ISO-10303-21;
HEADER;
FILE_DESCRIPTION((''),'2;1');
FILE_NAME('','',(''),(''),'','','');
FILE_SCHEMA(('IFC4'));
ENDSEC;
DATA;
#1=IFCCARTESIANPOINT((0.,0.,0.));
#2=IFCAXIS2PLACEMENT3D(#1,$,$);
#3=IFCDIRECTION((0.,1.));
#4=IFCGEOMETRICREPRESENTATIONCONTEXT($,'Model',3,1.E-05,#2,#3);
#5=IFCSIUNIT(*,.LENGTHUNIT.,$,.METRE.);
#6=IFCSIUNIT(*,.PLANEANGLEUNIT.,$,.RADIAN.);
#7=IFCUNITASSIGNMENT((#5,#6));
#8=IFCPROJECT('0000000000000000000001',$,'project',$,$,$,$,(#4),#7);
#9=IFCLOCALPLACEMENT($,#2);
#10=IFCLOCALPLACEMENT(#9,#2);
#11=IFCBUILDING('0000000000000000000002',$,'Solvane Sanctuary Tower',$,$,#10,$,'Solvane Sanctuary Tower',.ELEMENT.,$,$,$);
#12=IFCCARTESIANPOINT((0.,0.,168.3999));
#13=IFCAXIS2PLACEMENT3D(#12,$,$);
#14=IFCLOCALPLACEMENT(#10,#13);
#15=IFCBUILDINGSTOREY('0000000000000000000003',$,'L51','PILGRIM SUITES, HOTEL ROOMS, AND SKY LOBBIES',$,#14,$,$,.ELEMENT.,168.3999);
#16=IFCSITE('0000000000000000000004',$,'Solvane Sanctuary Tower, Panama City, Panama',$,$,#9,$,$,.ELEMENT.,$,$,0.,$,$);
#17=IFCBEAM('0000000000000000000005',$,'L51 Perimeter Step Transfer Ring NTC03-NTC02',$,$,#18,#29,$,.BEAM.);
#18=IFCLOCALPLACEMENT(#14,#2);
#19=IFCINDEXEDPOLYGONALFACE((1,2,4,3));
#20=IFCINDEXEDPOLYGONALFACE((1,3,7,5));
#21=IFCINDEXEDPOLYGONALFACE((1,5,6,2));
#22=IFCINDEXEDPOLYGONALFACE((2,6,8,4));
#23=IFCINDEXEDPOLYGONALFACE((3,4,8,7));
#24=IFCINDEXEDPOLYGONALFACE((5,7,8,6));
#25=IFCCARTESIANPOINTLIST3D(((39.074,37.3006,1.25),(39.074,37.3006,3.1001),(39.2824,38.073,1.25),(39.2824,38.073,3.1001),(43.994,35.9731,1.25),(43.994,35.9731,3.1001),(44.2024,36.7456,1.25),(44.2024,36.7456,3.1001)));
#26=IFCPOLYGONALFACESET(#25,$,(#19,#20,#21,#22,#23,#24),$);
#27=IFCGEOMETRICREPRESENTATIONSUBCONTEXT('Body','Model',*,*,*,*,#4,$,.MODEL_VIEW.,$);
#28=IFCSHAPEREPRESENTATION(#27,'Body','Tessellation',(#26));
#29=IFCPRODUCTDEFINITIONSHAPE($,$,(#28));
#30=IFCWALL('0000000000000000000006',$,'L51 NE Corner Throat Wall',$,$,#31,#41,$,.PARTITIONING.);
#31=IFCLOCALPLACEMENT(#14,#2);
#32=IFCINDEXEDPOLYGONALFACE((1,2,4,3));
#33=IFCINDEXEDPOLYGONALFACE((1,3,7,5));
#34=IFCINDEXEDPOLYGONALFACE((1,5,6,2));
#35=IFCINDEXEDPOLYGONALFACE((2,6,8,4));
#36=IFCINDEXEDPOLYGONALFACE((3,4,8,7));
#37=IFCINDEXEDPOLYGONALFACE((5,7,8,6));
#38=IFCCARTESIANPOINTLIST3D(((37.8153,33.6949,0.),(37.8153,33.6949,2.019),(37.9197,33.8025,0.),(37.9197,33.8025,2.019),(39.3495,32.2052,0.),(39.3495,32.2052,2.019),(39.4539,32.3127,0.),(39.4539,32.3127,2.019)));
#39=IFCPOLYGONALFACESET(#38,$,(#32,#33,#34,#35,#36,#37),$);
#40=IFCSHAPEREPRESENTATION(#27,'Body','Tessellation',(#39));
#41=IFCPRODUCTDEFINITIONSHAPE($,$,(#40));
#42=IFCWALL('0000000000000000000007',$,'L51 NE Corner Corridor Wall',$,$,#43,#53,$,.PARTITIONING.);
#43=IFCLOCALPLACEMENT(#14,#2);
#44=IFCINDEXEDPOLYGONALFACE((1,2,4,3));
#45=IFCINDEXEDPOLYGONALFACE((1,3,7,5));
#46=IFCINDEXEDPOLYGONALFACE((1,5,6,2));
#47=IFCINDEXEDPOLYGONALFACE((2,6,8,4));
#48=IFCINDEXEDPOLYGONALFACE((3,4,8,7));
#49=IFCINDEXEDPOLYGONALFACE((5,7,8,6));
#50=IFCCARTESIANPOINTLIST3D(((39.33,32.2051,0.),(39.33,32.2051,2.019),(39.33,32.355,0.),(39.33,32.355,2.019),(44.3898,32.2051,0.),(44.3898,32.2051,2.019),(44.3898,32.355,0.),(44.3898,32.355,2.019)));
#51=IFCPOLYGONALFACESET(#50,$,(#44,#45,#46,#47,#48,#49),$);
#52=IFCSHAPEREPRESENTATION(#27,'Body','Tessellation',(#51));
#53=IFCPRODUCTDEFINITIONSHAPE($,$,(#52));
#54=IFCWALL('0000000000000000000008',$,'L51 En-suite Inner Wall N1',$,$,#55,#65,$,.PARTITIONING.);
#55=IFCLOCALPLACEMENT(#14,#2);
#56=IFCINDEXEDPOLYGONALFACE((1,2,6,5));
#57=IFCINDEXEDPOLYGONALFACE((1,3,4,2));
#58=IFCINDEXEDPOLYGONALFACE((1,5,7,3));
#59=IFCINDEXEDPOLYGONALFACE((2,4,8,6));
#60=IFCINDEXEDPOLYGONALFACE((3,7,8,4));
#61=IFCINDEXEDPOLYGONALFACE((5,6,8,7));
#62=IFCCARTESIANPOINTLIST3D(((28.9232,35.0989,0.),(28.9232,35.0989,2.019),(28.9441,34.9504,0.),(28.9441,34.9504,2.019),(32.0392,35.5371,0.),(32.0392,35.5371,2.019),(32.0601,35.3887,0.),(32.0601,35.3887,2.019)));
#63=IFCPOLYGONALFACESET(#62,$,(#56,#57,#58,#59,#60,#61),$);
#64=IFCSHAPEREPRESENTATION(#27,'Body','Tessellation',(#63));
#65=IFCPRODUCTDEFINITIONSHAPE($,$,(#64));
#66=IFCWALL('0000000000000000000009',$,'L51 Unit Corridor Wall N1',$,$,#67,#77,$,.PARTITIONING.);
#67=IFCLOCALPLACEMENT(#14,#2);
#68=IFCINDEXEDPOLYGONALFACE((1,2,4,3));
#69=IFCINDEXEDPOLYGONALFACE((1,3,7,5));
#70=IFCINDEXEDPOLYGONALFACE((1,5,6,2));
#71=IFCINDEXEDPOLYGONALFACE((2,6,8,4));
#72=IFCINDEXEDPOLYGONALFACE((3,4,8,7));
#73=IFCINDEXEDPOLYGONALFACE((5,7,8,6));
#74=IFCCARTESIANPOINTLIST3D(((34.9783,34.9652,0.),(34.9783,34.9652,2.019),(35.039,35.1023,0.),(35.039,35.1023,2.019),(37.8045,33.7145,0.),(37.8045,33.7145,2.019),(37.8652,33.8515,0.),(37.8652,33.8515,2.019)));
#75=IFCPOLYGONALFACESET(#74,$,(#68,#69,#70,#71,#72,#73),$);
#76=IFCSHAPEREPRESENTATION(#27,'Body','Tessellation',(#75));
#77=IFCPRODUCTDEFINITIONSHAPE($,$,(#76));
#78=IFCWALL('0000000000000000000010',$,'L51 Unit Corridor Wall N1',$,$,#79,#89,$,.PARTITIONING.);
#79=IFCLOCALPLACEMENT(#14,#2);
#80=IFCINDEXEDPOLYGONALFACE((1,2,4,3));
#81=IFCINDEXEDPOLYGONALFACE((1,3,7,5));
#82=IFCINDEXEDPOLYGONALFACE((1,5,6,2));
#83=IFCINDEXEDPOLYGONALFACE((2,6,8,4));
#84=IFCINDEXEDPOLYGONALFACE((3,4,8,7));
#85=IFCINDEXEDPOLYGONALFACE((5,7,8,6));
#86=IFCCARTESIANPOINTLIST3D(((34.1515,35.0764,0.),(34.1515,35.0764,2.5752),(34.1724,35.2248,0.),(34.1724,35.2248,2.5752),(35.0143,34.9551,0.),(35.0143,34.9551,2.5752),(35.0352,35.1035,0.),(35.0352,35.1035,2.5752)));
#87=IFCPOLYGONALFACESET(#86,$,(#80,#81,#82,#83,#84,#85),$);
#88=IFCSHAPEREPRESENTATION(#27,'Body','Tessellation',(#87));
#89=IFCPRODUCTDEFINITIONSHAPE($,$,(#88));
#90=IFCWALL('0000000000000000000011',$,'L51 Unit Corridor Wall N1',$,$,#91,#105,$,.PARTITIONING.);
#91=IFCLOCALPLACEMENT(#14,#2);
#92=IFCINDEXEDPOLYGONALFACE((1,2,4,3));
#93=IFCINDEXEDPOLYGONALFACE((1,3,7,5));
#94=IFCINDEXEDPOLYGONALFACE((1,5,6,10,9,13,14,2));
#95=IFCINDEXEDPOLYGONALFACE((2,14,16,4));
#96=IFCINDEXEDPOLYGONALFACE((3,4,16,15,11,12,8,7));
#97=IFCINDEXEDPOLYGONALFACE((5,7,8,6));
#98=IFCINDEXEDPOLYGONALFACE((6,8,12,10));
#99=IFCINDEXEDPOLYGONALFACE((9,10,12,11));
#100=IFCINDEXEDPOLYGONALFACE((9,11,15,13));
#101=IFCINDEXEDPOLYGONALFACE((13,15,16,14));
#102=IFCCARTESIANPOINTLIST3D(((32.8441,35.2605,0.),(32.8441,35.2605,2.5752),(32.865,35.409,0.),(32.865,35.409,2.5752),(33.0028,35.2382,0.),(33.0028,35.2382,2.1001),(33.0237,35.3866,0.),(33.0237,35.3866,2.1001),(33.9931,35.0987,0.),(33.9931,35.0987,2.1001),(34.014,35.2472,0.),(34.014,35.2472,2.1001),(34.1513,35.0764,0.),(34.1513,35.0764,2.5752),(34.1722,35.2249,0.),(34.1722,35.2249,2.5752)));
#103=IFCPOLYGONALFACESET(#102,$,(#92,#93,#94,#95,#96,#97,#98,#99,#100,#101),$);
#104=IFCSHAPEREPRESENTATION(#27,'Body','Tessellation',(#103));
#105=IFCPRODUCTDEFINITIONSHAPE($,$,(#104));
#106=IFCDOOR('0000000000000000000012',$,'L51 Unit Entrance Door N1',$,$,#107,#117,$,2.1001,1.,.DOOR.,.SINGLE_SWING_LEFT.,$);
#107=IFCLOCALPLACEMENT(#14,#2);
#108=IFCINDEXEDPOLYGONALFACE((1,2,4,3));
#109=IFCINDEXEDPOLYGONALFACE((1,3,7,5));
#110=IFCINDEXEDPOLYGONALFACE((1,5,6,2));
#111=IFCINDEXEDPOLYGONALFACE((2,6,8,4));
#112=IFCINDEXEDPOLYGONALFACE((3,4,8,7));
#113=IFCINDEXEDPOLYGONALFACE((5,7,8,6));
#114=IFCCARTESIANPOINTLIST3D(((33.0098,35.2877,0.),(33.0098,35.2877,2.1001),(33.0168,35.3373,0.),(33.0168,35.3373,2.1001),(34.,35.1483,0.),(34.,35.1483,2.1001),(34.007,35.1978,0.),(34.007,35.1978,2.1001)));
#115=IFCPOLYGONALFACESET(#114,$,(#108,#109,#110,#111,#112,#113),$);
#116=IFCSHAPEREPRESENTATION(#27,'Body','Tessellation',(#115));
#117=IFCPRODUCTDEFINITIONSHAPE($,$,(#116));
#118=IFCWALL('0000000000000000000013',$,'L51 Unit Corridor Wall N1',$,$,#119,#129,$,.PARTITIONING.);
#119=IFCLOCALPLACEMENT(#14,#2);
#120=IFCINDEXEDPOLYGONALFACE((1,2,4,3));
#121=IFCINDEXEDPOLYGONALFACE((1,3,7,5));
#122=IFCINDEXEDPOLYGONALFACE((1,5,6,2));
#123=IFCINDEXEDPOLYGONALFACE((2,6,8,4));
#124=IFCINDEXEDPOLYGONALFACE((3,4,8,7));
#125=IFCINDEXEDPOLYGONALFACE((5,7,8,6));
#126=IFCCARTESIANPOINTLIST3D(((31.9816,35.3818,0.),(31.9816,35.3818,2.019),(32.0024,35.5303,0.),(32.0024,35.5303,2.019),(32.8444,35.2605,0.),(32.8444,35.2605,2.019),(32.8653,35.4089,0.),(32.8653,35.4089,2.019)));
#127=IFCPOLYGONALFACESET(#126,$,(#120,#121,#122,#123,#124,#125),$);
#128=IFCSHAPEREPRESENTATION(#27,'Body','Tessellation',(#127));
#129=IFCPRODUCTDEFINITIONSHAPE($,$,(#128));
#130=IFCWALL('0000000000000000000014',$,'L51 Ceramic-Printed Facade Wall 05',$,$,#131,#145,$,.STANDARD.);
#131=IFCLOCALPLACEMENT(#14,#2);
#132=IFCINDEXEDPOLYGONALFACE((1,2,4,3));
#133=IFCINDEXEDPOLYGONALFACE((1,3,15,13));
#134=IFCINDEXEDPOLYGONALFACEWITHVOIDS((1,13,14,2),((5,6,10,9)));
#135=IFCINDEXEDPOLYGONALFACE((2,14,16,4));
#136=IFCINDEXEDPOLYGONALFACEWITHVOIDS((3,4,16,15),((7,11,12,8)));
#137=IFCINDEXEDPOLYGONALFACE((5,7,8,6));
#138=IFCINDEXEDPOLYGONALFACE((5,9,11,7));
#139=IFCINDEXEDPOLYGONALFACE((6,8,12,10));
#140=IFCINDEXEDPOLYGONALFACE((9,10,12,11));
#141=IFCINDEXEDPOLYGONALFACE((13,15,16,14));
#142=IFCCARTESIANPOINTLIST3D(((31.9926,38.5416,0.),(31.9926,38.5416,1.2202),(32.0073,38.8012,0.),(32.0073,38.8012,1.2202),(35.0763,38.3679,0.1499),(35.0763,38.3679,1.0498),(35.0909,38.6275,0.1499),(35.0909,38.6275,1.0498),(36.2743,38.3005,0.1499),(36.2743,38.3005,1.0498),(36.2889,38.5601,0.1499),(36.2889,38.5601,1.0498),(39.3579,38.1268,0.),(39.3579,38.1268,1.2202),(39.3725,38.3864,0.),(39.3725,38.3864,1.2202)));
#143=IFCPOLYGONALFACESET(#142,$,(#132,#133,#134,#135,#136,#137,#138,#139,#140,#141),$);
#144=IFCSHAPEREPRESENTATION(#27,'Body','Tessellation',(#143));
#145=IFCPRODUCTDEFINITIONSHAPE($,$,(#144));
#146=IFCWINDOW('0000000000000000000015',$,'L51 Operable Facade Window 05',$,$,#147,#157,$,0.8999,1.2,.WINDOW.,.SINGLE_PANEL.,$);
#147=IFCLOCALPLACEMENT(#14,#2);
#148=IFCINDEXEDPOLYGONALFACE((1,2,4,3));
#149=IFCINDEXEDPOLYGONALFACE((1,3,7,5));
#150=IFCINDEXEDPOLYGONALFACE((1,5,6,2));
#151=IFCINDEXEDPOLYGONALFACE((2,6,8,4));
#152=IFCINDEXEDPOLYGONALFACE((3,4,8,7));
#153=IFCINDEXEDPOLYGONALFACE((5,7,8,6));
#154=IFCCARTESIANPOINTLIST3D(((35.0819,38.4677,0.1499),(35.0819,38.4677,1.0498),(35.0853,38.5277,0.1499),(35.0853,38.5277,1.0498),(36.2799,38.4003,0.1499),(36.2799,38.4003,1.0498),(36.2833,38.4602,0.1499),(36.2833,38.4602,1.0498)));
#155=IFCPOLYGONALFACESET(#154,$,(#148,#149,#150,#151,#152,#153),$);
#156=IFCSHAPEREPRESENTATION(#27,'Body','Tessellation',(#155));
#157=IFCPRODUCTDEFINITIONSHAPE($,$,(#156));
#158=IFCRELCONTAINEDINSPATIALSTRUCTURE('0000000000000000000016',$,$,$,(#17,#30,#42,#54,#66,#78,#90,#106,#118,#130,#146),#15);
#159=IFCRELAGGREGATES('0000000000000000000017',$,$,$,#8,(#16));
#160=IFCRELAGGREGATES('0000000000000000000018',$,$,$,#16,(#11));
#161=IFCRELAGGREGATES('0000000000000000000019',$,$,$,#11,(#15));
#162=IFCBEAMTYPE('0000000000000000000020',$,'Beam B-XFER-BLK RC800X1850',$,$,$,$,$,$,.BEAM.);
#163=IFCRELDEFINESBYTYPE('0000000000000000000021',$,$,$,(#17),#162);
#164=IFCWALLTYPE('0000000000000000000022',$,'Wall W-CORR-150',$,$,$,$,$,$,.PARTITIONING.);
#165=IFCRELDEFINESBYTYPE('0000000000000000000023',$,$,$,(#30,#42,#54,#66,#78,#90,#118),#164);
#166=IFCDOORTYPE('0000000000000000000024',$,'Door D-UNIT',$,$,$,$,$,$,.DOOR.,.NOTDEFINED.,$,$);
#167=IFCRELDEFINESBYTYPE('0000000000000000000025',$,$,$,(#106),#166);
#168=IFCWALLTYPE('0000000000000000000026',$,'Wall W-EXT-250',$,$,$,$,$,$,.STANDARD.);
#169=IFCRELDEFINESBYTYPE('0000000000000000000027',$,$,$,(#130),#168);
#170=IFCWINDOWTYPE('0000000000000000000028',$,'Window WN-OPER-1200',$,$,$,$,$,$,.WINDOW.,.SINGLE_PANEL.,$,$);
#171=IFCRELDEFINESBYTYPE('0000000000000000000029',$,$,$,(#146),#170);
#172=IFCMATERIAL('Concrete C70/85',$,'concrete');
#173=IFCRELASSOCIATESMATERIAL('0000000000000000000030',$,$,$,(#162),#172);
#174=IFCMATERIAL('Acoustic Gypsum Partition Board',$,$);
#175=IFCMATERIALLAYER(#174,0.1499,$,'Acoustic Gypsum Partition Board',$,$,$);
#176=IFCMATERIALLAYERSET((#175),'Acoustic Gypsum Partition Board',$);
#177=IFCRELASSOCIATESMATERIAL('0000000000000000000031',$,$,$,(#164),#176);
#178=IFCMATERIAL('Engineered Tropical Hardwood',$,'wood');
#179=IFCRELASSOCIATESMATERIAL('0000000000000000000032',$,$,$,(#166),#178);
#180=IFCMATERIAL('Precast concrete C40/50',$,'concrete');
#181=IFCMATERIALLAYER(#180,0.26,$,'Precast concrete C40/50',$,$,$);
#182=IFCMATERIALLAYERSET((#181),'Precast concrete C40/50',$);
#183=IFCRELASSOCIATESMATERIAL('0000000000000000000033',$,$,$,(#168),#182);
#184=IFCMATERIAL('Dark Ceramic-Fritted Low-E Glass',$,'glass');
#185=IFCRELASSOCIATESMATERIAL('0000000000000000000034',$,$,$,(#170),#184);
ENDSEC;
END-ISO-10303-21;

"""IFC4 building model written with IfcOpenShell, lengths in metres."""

from ifc_helpers import new_model, si_unit, direction, frame, frame_2d, origin, origin_2d, place, context, subcontext, project, spatial, rectangle, extrude, material, layer, layer_set, material_profile, profile_set, type_object, element, fill, save


model = new_model("IFC4")

# Units and contexts
model_context = context("Model", 3, precision=1e-05, world=origin(), true_north=direction((0.0, 1.0)))
body_context = subcontext(model_context, "Body", "Model", "MODEL_VIEW")
ifc_project = project(units=[si_unit("LENGTHUNIT", "METRE"), si_unit("PLANEANGLEUNIT", "RADIAN")], contexts=[model_context])

# Site, building, storey
site_placement = place(None, origin())
site = spatial("IfcSite", under=ifc_project, at=site_placement, Name="Solvane Sanctuary Tower, Panama City, Panama", CompositionType="ELEMENT", RefElevation=0.0)
building_placement = place(site_placement, origin())
building = spatial("IfcBuilding", under=site, at=building_placement, Name="Solvane Sanctuary Tower", LongName="Solvane Sanctuary Tower", CompositionType="ELEMENT")
storey_placement = place(building_placement, frame((0.0, 0.0, 168.3999)))
storey = spatial("IfcBuildingStorey", under=building, at=storey_placement, Name="L51", Description="PILGRIM SUITES, HOTEL ROOMS, AND SKY LOBBIES", CompositionType="ELEMENT", Elevation=168.3999)

# Beam
ifc_material_1 = material(Name="Concrete C70/85", Category="concrete")
ifc_material_profile_1 = material_profile(ifc_material_1, rectangle(XDim=0.8, YDim=1.8501, at=origin_2d()), Name="RC800X1850")
ifc_profile_set_1 = profile_set([ifc_material_profile_1], Name="Concrete C70/85")
beam_type_1 = type_object("IfcBeamType", Name="Beam B-XFER-BLK RC800X1850", PredefinedType="BEAM", material=ifc_profile_set_1)
beam_1_placement = place(storey_placement, frame((39.1782, 37.6868, 2.175), z_axis=(0.965478, -0.260485, 0.0), x_axis=(0.260485, 0.965478, 0.0)))
element("IfcBeam", 1, at=beam_1_placement, inside=storey, type_object=beam_type_1, Name="L51 Perimeter Step Transfer Ring NTC03-NTC02", PredefinedType="BEAM", context=body_context, shape_type="SweptSolid", body=[
    extrude(rectangle(XDim=0.8, YDim=1.8501, at=origin_2d()), origin(), (0.0, 0.0, 1.0), 5.0959),
])

# Walls
ifc_material_2 = material(Name="Acoustic Gypsum Partition Board")
ifc_layer_1 = layer(ifc_material_2, 0.1499, Name="Acoustic Gypsum Partition Board")
ifc_layer_set_1 = layer_set([ifc_layer_1], Name="Acoustic Gypsum Partition Board")
wall_type_1 = type_object("IfcWallType", Name="Wall W-CORR-150", PredefinedType="PARTITIONING", material=ifc_layer_set_1)
wall_1_placement = place(storey_placement, frame((37.8674, 33.7488, 0.0), z_axis=(0.0, 0.0, 1.0), x_axis=(0.71742, -0.696641, 0.0)))
element("IfcWall", 2, at=wall_1_placement, inside=storey, type_object=wall_type_1, Name="L51 NE Corner Throat Wall", PredefinedType="PARTITIONING", context=body_context, shape_type="SweptSolid", body=[
    extrude(rectangle(XDim=2.1384, YDim=0.1499, at=frame_2d((1.0693, 0.0))), origin(), (0.0, 0.0, 1.0), 2.019),
])
wall_2_placement = place(storey_placement, frame((39.3301, 32.28, 0.0), z_axis=(0.0, 0.0, 1.0), x_axis=(1.0, 0.0, 0.0)))
element("IfcWall", 3, at=wall_2_placement, inside=storey, type_object=wall_type_1, Name="L51 NE Corner Corridor Wall", PredefinedType="PARTITIONING", context=body_context, shape_type="SweptSolid", body=[
    extrude(rectangle(XDim=5.0598, YDim=0.1499, at=frame_2d((2.5298, 0.0))), origin(), (0.0, 0.0, 1.0), 2.019),
])
wall_3_placement = place(storey_placement, frame((32.0496, 35.4629, 0.0), z_axis=(0.0, 0.0, 1.0), x_axis=(-0.990254, -0.13927, 0.0)))
element("IfcWall", 4, at=wall_3_placement, inside=storey, type_object=wall_type_1, Name="L51 En-suite Inner Wall N1", PredefinedType="PARTITIONING", context=body_context, shape_type="SweptSolid", body=[
    extrude(rectangle(XDim=3.1467, YDim=0.1499, at=frame_2d((1.5732, 0.0))), origin(), (0.0, 0.0, 1.0), 2.019),
])
wall_4_placement = place(storey_placement, frame((37.835, 33.783, 0.0), z_axis=(0.0, 0.0, 1.0), x_axis=(-0.914452, 0.404694, 0.0)))
element("IfcWall", 5, at=wall_4_placement, inside=storey, type_object=wall_type_1, Name="L51 Unit Corridor Wall N1", PredefinedType="PARTITIONING", context=body_context, shape_type="SweptSolid", body=[
    extrude(rectangle(XDim=3.0906, YDim=0.1499, at=frame_2d((1.5454, 0.0))), origin(), (0.0, 0.0, 1.0), 2.019),
])
wall_5_placement = place(storey_placement, frame((35.0247, 35.0293, 0.0), z_axis=(0.0, 0.0, 1.0), x_axis=(-0.990255, 0.139263, 0.0)))
element("IfcWall", 6, at=wall_5_placement, inside=storey, type_object=wall_type_1, Name="L51 Unit Corridor Wall N1", PredefinedType="PARTITIONING", context=body_context, shape_type="SweptSolid", body=[
    extrude(rectangle(XDim=0.8713, YDim=0.1499, at=frame_2d((0.4355, 0.0))), origin(), (0.0, 0.0, 1.0), 2.5752),
])

# Wall, opening, door
wall_6_placement = place(storey_placement, frame((34.1619, 35.1506, 0.0), z_axis=(0.0, 0.0, 1.0), x_axis=(-0.990229, 0.139453, 0.0)))
wall_6 = element("IfcWall", 7, at=wall_6_placement, inside=storey, type_object=wall_type_1, Name="L51 Unit Corridor Wall N1", PredefinedType="PARTITIONING", context=body_context, shape_type="SweptSolid", body=[
    extrude(rectangle(XDim=1.3201, YDim=0.1499, at=frame_2d((0.6602, 0.0))), origin(), (0.0, 0.0, 1.0), 2.5752),
])
opening_1_placement = place(wall_6_placement, frame((0.1599, 0.0, 0.0)))
opening_1 = element("IfcOpeningElement", 8, at=opening_1_placement, cuts=wall_6, PredefinedType="OPENING", context=body_context, shape_type="SweptSolid", body=[
    extrude(rectangle(XDim=1.0, YDim=2.1001, at=frame_2d((0.5, 1.05))), frame((0.0, 0.085, 0.0), z_axis=(0.0, -1.0, 0.0), x_axis=(1.0, 0.0, 0.0)), (0.0, 0.0, 1.0), 0.1699),
])
ifc_material_3 = material(Name="Engineered Tropical Hardwood", Category="wood")
door_type_1 = type_object("IfcDoorType", Name="Door D-UNIT", OperationType="NOTDEFINED", PredefinedType="DOOR", material=ifc_material_3)
door_1_placement = place(opening_1_placement, origin())
door_1 = element("IfcDoor", 9, at=door_1_placement, inside=storey, type_object=door_type_1, Name="L51 Unit Entrance Door N1", OperationType="SINGLE_SWING_LEFT", OverallHeight=2.1001, OverallWidth=1.0, PredefinedType="DOOR", context=body_context, shape_type="SweptSolid", body=[
    extrude(rectangle(XDim=1.0, YDim=2.1001, at=frame_2d((0.5, 1.05))), frame((0.0, 0.0249, 0.0), z_axis=(0.0, -1.0, 0.0), x_axis=(1.0, 0.0, 0.0)), (0.0, 0.0, 1.0), 0.05),
])
fill(opening_1, door_1)

# Wall
wall_7_placement = place(storey_placement, frame((32.8547, 35.3347, 0.0), z_axis=(0.0, 0.0, 1.0), x_axis=(-0.990255, 0.139263, 0.0)))
element("IfcWall", 10, at=wall_7_placement, inside=storey, type_object=wall_type_1, Name="L51 Unit Corridor Wall N1", PredefinedType="PARTITIONING", context=body_context, shape_type="SweptSolid", body=[
    extrude(rectangle(XDim=0.8713, YDim=0.1499, at=frame_2d((0.4355, 0.0))), origin(), (0.0, 0.0, 1.0), 2.019),
])

# Wall, opening, window
ifc_material_4 = material(Name="Precast concrete C40/50", Category="concrete")
ifc_layer_2 = layer(ifc_material_4, 0.26, Name="Precast concrete C40/50")
ifc_layer_set_2 = layer_set([ifc_layer_2], Name="Precast concrete C40/50")
wall_type_2 = type_object("IfcWallType", Name="Wall W-EXT-250", PredefinedType="STANDARD", material=ifc_layer_set_2)
wall_8_placement = place(storey_placement, frame((39.3652, 38.2566, 0.0), z_axis=(0.0, 0.0, 1.0), x_axis=(-0.998418, 0.056229, 0.0)))
wall_8 = element("IfcWall", 11, at=wall_8_placement, inside=storey, type_object=wall_type_2, Name="L51 Ceramic-Printed Facade Wall 05", PredefinedType="STANDARD", context=body_context, shape_type="SweptSolid", body=[
    extrude(rectangle(XDim=7.377, YDim=0.26, at=frame_2d((3.6885, 0.0))), origin(), (0.0, 0.0, 1.0), 1.2202),
])
opening_2_placement = place(wall_8_placement, frame((3.0884, 0.0, 0.1499)))
opening_2 = element("IfcOpeningElement", 12, at=opening_2_placement, cuts=wall_8, PredefinedType="OPENING", context=body_context, shape_type="SweptSolid", body=[
    extrude(rectangle(XDim=1.2, YDim=0.8999, at=frame_2d((0.6001, 0.45))), frame((0.0, 0.1399, 0.0), z_axis=(0.0, -1.0, 0.0), x_axis=(1.0, 0.0, 0.0)), (0.0, 0.0, 1.0), 0.28),
])
ifc_material_5 = material(Name="Dark Ceramic-Fritted Low-E Glass", Category="glass")
window_type = type_object("IfcWindowType", Name="Window WN-OPER-1200", PartitioningType="SINGLE_PANEL", PredefinedType="WINDOW", material=ifc_material_5)
window_1_placement = place(opening_2_placement, origin())
window_1 = element("IfcWindow", 13, at=window_1_placement, inside=storey, type_object=window_type, Name="L51 Operable Facade Window 05", OverallHeight=0.8999, OverallWidth=1.2, PartitioningType="SINGLE_PANEL", PredefinedType="WINDOW", context=body_context, shape_type="SweptSolid", body=[
    extrude(rectangle(XDim=1.2, YDim=0.8999, at=frame_2d((0.6001, 0.45))), frame((0.0, 0.03, 0.0), z_axis=(0.0, -1.0, 0.0), x_axis=(1.0, 0.0, 0.0)), (0.0, 0.0, 1.0), 0.0601),
])
fill(opening_2, window_1)

save(model, "model.ifc")
